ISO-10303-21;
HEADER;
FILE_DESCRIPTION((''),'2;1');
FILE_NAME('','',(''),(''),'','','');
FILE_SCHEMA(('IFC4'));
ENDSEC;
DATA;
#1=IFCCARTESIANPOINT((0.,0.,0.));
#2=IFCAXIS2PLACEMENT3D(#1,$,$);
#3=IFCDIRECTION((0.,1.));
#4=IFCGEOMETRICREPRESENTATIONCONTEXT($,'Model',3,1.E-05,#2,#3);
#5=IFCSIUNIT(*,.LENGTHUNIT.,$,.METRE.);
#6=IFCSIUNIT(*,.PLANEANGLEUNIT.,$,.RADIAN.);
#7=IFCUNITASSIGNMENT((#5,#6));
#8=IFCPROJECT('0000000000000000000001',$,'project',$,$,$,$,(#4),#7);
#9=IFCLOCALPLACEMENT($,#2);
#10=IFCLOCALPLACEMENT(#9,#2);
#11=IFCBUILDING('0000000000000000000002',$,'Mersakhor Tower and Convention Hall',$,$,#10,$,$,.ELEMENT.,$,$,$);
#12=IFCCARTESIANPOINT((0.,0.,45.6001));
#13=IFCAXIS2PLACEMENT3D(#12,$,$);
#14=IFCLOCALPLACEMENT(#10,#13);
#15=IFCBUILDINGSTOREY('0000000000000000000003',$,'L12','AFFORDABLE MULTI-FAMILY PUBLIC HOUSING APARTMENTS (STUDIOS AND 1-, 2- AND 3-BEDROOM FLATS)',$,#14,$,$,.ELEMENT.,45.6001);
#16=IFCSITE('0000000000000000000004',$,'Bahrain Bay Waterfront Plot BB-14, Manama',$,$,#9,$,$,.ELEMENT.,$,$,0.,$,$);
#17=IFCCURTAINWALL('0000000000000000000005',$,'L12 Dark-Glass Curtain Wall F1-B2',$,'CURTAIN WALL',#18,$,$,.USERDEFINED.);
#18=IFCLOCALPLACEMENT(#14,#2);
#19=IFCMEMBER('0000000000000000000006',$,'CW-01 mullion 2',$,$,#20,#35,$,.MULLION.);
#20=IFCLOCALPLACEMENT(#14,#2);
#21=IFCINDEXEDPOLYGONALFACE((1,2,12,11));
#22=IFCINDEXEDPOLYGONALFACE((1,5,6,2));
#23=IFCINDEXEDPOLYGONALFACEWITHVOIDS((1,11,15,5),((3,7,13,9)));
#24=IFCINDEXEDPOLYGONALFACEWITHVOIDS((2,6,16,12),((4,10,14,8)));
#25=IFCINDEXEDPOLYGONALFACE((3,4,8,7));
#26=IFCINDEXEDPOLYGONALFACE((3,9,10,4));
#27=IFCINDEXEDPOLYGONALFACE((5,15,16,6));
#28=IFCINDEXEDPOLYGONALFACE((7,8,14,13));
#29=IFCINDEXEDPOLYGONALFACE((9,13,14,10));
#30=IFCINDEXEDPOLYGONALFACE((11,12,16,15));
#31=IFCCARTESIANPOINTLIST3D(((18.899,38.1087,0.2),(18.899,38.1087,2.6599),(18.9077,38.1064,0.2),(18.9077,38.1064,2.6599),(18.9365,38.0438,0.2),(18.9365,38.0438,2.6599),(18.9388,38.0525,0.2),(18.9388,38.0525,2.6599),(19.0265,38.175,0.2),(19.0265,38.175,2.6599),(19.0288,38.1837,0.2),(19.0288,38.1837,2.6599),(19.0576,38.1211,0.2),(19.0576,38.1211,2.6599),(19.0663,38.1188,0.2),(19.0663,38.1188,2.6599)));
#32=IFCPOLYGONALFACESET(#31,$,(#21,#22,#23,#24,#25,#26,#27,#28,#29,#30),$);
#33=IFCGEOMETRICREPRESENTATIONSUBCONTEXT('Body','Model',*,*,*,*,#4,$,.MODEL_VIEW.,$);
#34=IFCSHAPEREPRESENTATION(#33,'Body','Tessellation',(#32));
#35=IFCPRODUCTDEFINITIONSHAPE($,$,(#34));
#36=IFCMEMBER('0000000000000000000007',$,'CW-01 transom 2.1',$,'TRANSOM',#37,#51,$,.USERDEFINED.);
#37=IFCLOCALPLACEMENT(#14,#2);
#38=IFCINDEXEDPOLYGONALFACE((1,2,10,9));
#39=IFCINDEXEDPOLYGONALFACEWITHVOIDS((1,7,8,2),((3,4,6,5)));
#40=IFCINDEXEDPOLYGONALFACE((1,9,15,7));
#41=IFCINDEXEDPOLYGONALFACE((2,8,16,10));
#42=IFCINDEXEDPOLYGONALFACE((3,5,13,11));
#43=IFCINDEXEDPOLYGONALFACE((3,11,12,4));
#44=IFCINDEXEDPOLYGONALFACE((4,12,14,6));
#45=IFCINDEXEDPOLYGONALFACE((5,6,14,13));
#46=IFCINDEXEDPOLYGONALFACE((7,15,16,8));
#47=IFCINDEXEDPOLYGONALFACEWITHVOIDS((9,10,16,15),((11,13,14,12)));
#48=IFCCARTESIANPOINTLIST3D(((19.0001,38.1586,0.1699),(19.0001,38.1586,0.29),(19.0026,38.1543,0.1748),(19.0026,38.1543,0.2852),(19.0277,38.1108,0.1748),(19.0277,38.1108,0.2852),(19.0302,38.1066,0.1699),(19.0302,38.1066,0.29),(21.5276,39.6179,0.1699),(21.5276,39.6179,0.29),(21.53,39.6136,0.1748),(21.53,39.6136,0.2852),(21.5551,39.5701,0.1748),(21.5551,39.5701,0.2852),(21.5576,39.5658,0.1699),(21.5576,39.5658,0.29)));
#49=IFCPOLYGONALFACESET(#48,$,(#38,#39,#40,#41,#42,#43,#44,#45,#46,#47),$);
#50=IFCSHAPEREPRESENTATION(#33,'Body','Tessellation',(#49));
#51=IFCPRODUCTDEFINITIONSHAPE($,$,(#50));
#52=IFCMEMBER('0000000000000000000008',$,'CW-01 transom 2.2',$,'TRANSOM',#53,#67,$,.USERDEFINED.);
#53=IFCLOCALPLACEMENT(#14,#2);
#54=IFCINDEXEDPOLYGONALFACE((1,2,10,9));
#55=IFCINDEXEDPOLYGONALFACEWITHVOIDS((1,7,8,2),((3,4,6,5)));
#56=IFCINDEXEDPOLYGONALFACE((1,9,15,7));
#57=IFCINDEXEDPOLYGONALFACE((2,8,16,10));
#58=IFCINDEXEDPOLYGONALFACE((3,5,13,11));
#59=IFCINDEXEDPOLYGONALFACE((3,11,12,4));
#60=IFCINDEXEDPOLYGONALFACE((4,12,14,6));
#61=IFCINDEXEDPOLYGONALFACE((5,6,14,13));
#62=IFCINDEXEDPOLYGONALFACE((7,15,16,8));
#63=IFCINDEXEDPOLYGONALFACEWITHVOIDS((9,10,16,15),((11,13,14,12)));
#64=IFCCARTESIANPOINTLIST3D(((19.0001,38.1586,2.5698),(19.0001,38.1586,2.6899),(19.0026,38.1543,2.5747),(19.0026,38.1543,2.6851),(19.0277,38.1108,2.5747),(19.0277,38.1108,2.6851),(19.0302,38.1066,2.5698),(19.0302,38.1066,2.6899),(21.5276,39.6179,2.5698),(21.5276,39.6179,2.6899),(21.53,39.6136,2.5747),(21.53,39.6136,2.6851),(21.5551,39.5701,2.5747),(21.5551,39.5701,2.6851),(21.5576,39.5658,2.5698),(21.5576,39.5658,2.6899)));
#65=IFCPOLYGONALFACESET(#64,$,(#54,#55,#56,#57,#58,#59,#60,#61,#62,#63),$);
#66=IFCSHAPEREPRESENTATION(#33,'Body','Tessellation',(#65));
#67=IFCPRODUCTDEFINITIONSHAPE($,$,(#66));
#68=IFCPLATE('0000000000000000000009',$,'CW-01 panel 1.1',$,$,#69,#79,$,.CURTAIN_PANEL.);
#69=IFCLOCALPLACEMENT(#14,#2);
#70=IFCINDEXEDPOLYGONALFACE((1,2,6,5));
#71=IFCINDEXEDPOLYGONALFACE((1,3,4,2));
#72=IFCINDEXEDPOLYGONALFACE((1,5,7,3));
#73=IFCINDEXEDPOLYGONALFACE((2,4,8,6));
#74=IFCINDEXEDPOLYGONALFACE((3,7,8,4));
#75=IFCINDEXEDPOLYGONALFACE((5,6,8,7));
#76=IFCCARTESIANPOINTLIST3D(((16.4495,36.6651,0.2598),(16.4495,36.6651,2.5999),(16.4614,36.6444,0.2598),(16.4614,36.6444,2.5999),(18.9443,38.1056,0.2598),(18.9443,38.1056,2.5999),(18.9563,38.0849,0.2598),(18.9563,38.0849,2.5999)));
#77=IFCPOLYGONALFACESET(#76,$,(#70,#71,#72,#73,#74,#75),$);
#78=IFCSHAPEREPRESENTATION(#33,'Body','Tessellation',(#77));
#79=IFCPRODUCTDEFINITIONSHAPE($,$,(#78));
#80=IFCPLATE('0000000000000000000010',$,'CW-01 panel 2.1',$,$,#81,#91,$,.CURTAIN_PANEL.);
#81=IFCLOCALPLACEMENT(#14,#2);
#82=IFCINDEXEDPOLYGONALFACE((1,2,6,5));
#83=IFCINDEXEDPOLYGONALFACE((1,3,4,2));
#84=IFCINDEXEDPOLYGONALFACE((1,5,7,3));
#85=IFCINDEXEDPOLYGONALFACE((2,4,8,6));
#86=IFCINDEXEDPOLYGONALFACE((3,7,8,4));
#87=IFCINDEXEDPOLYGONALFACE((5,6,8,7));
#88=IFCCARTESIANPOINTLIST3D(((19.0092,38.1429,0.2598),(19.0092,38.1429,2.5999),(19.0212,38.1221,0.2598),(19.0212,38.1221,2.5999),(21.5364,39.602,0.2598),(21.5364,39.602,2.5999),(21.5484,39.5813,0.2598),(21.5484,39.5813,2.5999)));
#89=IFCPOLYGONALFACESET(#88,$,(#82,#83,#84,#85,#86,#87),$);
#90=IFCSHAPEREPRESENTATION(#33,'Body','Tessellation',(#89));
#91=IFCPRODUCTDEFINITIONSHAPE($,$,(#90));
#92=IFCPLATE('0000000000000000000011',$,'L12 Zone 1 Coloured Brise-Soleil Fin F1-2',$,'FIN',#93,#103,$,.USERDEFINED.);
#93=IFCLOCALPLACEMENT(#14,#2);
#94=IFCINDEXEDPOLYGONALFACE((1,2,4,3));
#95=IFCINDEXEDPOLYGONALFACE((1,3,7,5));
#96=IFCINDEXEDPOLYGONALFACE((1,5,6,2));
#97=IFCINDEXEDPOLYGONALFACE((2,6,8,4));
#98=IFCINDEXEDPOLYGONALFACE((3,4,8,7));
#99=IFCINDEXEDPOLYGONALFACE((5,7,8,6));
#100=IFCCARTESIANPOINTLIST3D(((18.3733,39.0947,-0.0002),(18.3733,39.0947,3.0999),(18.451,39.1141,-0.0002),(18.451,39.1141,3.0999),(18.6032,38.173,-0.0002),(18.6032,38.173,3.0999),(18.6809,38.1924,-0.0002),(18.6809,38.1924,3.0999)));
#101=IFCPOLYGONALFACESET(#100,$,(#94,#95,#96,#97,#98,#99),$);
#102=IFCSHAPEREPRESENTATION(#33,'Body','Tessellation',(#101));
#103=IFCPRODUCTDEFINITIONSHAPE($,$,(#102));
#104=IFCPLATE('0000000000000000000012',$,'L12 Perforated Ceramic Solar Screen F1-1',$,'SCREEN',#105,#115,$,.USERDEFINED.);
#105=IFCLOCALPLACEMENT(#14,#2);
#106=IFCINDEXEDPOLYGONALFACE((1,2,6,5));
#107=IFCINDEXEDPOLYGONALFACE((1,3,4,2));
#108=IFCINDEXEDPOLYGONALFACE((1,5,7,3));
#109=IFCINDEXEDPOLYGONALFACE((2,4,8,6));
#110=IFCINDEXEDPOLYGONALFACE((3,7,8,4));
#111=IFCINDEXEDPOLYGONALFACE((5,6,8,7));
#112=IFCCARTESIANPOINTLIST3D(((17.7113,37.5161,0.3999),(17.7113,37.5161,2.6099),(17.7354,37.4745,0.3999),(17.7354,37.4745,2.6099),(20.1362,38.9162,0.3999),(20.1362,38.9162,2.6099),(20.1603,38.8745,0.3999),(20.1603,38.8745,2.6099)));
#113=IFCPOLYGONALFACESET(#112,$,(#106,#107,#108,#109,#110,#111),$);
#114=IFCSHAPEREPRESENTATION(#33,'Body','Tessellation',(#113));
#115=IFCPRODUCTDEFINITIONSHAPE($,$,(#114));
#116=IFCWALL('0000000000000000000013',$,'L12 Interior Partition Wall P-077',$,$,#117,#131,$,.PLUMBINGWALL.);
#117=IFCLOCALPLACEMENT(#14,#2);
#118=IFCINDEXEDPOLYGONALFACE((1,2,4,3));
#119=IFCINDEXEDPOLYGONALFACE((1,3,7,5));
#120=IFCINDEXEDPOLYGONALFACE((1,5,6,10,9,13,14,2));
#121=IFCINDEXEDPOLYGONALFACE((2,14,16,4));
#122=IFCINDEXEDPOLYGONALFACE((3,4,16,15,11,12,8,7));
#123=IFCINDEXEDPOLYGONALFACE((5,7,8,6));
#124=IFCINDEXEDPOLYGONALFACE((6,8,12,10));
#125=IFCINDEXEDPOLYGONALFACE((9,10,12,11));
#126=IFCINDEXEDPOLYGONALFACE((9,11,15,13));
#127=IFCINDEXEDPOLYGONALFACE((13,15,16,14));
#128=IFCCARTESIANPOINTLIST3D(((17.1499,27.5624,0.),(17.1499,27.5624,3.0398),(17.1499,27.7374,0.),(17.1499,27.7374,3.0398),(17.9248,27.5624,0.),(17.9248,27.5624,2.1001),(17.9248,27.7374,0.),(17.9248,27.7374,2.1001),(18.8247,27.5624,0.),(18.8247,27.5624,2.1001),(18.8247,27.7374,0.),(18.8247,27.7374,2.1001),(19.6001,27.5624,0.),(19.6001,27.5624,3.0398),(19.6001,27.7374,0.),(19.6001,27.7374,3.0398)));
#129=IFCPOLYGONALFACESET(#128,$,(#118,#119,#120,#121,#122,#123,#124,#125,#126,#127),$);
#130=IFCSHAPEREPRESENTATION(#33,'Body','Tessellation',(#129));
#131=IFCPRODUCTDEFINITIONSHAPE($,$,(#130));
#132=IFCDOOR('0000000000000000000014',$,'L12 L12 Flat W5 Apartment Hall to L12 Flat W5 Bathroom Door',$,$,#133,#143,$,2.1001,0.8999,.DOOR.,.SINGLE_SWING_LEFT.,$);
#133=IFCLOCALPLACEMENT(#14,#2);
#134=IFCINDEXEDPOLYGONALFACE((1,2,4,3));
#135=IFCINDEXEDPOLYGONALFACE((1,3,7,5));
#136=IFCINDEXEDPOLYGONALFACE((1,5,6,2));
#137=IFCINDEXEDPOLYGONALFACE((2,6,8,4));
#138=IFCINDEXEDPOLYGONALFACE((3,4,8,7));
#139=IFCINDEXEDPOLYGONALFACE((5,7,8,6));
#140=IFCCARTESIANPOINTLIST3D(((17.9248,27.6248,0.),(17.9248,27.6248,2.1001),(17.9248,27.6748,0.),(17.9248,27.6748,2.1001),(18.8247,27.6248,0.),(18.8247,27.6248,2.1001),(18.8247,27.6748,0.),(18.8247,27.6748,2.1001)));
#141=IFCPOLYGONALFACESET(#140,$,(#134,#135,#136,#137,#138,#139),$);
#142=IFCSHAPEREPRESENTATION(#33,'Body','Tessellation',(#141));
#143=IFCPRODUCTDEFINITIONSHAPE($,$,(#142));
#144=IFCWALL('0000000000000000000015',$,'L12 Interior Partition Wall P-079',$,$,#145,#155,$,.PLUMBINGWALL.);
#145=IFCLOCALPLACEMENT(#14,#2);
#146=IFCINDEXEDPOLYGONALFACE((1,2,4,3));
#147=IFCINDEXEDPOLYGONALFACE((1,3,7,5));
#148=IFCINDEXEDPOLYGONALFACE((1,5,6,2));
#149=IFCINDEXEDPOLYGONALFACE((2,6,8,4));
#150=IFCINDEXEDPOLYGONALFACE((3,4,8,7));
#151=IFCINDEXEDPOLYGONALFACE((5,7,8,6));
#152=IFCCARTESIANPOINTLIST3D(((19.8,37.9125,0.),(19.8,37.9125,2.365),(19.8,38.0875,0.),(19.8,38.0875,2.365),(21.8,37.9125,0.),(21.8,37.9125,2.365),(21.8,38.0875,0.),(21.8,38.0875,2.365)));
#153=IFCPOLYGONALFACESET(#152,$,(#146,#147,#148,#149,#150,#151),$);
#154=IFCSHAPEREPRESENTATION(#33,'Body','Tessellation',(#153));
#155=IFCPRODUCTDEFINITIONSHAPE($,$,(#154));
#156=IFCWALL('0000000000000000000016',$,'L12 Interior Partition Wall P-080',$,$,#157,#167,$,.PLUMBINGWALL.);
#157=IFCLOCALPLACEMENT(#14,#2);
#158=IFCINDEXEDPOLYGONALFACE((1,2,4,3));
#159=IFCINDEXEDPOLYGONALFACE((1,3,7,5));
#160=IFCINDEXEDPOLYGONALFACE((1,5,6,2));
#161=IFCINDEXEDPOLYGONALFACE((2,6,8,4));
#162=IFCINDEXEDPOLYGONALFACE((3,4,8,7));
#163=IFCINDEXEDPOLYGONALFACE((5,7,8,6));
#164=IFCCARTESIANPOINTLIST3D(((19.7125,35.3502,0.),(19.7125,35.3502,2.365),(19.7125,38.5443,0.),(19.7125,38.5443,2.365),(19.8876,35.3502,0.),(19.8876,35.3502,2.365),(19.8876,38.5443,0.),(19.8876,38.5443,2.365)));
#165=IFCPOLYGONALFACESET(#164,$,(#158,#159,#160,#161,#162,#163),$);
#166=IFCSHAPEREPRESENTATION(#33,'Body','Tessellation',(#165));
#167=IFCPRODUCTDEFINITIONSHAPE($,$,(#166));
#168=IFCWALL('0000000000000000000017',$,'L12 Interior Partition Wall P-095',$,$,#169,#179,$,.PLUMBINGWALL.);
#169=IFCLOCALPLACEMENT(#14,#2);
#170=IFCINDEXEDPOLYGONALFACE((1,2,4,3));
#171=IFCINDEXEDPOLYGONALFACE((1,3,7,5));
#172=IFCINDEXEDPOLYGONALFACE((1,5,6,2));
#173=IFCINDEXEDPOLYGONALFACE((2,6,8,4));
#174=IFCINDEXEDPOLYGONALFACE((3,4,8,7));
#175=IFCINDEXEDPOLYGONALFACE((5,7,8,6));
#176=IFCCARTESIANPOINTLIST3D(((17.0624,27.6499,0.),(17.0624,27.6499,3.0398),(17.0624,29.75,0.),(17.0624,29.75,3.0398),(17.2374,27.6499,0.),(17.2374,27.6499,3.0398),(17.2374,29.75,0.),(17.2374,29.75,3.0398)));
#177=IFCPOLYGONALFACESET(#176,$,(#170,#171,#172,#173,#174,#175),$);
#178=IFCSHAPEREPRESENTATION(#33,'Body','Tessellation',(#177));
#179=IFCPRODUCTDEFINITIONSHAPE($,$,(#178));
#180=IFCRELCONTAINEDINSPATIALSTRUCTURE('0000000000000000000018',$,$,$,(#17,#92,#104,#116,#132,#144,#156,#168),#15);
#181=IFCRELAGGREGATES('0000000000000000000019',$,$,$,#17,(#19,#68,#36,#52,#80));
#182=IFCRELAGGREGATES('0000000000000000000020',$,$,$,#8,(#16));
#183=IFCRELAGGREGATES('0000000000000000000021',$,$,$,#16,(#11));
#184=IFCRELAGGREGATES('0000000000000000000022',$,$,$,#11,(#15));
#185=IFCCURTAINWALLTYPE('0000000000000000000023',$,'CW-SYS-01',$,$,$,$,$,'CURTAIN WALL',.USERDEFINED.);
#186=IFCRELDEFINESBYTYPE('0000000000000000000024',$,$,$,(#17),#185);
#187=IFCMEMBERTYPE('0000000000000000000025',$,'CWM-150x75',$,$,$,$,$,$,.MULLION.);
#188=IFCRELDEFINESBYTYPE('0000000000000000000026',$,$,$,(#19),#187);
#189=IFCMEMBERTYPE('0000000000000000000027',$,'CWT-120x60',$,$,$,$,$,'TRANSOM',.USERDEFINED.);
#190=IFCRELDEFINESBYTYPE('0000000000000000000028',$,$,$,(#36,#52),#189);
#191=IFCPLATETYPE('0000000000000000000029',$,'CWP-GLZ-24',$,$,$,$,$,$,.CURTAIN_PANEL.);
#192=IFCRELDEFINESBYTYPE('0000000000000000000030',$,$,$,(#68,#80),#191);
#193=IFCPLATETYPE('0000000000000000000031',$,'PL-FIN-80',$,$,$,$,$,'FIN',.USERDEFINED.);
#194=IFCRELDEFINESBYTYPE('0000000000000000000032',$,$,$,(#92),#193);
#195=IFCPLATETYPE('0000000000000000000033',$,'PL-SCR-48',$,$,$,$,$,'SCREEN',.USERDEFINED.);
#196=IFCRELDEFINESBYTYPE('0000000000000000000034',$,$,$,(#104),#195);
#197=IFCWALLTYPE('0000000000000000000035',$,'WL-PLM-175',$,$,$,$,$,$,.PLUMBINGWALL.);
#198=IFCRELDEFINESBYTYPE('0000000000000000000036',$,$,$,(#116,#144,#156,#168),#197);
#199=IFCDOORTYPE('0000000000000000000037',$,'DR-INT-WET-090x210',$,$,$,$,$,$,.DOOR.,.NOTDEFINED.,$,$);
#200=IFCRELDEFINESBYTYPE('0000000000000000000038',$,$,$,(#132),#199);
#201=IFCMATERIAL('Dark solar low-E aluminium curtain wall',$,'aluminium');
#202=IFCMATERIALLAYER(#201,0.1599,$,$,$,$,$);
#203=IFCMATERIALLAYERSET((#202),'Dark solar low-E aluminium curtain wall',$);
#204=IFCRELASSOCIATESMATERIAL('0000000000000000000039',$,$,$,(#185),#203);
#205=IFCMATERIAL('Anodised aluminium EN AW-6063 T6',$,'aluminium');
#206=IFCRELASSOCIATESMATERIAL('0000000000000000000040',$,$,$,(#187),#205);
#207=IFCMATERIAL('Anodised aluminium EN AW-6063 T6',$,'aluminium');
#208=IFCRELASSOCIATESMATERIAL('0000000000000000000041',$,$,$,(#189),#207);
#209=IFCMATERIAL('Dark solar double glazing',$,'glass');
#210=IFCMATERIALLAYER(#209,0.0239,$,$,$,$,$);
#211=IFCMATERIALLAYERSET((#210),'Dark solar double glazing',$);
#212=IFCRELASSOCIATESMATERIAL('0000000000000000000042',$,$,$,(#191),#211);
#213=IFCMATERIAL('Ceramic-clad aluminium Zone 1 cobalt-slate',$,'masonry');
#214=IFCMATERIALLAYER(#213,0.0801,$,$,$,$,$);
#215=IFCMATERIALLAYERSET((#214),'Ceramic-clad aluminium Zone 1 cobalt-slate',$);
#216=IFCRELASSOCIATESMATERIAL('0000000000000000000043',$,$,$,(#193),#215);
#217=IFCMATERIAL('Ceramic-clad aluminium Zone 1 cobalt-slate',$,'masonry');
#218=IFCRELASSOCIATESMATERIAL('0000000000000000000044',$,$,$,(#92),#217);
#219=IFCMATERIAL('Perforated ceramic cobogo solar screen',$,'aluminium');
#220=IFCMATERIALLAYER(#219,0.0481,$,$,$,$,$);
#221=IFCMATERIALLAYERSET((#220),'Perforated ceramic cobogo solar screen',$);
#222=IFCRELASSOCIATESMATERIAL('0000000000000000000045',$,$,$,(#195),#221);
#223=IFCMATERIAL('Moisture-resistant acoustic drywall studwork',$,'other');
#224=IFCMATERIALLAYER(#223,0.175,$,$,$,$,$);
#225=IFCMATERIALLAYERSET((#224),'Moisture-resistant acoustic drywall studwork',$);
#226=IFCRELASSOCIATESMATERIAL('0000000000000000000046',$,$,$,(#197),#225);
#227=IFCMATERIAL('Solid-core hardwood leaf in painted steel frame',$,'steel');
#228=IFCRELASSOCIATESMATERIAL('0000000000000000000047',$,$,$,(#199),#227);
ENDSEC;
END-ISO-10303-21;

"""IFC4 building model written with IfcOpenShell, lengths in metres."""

from ifc_helpers import new_model, si_unit, direction, frame, frame_2d, origin, origin_2d, place, context, subcontext, project, spatial, rectangle, hollow_rectangle, extrude, material, layer, layer_set, material_profile, profile_set, type_object, element, fill, aggregate, save


model = new_model("IFC4")

# Units and contexts
model_context = context("Model", 3, precision=1e-05, world=origin(), true_north=direction((0.0, 1.0)))
body_context = subcontext(model_context, "Body", "Model", "MODEL_VIEW")
ifc_project = project(units=[si_unit("LENGTHUNIT", "METRE"), si_unit("PLANEANGLEUNIT", "RADIAN")], contexts=[model_context])

# Site, building, storey
site_placement = place(None, origin())
site = spatial("IfcSite", under=ifc_project, at=site_placement, Name="Bahrain Bay Waterfront Plot BB-14, Manama", CompositionType="ELEMENT", RefElevation=0.0)
building_placement = place(site_placement, origin())
building = spatial("IfcBuilding", under=site, at=building_placement, Name="Mersakhor Tower and Convention Hall", CompositionType="ELEMENT")
storey_placement = place(building_placement, frame((0.0, 0.0, 45.6001)))
storey = spatial("IfcBuildingStorey", under=building, at=storey_placement, Name="L12", Description="AFFORDABLE MULTI-FAMILY PUBLIC HOUSING APARTMENTS (STUDIOS AND 1-, 2- AND 3-BEDROOM FLATS)", CompositionType="ELEMENT", Elevation=45.6001)

# Curtain wall, members, plates
ifc_material_1 = material(Name="Dark solar low-E aluminium curtain wall", Category="aluminium")
ifc_layer_1 = layer(ifc_material_1, 0.1599)
ifc_layer_set_1 = layer_set([ifc_layer_1], Name="Dark solar low-E aluminium curtain wall")
curtain_wall_type = type_object("IfcCurtainWallType", Name="CW-SYS-01", ElementType="CURTAIN WALL", PredefinedType="USERDEFINED", material=ifc_layer_set_1)
curtain_wall_placement = place(storey_placement, origin())
curtain_wall = element("IfcCurtainWall", 1, at=curtain_wall_placement, inside=storey, type_object=curtain_wall_type, Name="L12 Dark-Glass Curtain Wall F1-B2", ObjectType="CURTAIN WALL", PredefinedType="USERDEFINED")
ifc_material_2 = material(Name="Anodised aluminium EN AW-6063 T6", Category="aluminium")
ifc_material_profile_1 = material_profile(ifc_material_2, hollow_rectangle(XDim=0.075, YDim=0.1499, WallThickness=0.0063, at=origin_2d()), Name="RHS 150x75x6.3")
ifc_profile_set_1 = profile_set([ifc_material_profile_1], Name="Anodised aluminium EN AW-6063 T6")
member_type_1 = type_object("IfcMemberType", Name="CWM-150x75", PredefinedType="MULLION", material=ifc_profile_set_1)
member_1_placement = place(storey_placement, frame((18.9827, 38.1138, 0.2), z_axis=(0.0, 0.0, 1.0), x_axis=(-0.500003, 0.866023, 0.0)))
member_1 = element("IfcMember", 2, at=member_1_placement, type_object=member_type_1, Name="CW-01 mullion 2", PredefinedType="MULLION", context=body_context, shape_type="SweptSolid", body=[
    extrude(hollow_rectangle(XDim=0.075, YDim=0.1499, WallThickness=0.0063, at=origin_2d()), origin(), (0.0, 0.0, 1.0), 2.46),
])
ifc_material_3 = material(Name="Anodised aluminium EN AW-6063 T6", Category="aluminium")
ifc_material_profile_2 = material_profile(ifc_material_3, hollow_rectangle(XDim=0.0601, YDim=0.1201, WallThickness=0.0049, at=origin_2d()), Name="RHS 120x60x5")
ifc_profile_set_2 = profile_set([ifc_material_profile_2], Name="Anodised aluminium EN AW-6063 T6")
member_type_2 = type_object("IfcMemberType", Name="CWT-120x60", ElementType="TRANSOM", PredefinedType="USERDEFINED", material=ifc_profile_set_2)
member_2_placement = place(storey_placement, frame((19.0151, 38.1326, 0.23), z_axis=(0.866016, 0.500017, 0.0), x_axis=(-0.500017, 0.866016, 0.0)))
member_2 = element("IfcMember", 3, at=member_2_placement, type_object=member_type_2, Name="CW-01 transom 2.1", ObjectType="TRANSOM", PredefinedType="USERDEFINED", context=body_context, shape_type="SweptSolid", body=[
    extrude(hollow_rectangle(XDim=0.0601, YDim=0.1201, WallThickness=0.0049, at=origin_2d()), origin(), (0.0, 0.0, 1.0), 2.9185),
])
member_3_placement = place(storey_placement, frame((19.0151, 38.1326, 2.6299), z_axis=(0.866016, 0.500017, 0.0), x_axis=(-0.500017, 0.866016, 0.0)))
member_3 = element("IfcMember", 4, at=member_3_placement, type_object=member_type_2, Name="CW-01 transom 2.2", ObjectType="TRANSOM", PredefinedType="USERDEFINED", context=body_context, shape_type="SweptSolid", body=[
    extrude(hollow_rectangle(XDim=0.0601, YDim=0.1201, WallThickness=0.0049, at=origin_2d()), origin(), (0.0, 0.0, 1.0), 2.9185),
])
ifc_material_4 = material(Name="Dark solar double glazing", Category="glass")
ifc_layer_2 = layer(ifc_material_4, 0.0239)
ifc_layer_set_2 = layer_set([ifc_layer_2], Name="Dark solar double glazing")
plate_type_1 = type_object("IfcPlateType", Name="CWP-GLZ-24", PredefinedType="CURTAIN_PANEL", material=ifc_layer_set_2)
plate_1_placement = place(storey_placement, frame((17.7029, 37.375, 0.2598), z_axis=(0.0, 0.0, 1.0), x_axis=(0.866023, 0.500003, 0.0)))
plate_1 = element("IfcPlate", 5, at=plate_1_placement, type_object=plate_type_1, Name="CW-01 panel 1.1", PredefinedType="CURTAIN_PANEL", context=body_context, shape_type="SweptSolid", body=[
    extrude(rectangle(XDim=2.8809, YDim=0.0239, at=origin_2d()), origin(), (0.0, 0.0, 1.0), 2.3401),
])
plate_2_placement = place(storey_placement, frame((20.2788, 38.8621, 0.2598), z_axis=(0.0, 0.0, 1.0), x_axis=(0.866023, 0.500003, 0.0)))
plate_2 = element("IfcPlate", 6, at=plate_2_placement, type_object=plate_type_1, Name="CW-01 panel 2.1", PredefinedType="CURTAIN_PANEL", context=body_context, shape_type="SweptSolid", body=[
    extrude(rectangle(XDim=2.9182, YDim=0.0239, at=origin_2d()), origin(), (0.0, 0.0, 1.0), 2.3401),
])
aggregate(curtain_wall, [member_1, plate_1, member_2, member_3, plate_2])

# Plates
ifc_material_5 = material(Name="Ceramic-clad aluminium Zone 1 cobalt-slate", Category="masonry")
ifc_material_6 = material(Name="Ceramic-clad aluminium Zone 1 cobalt-slate", Category="masonry")
ifc_layer_3 = layer(ifc_material_6, 0.0801)
ifc_layer_set_3 = layer_set([ifc_layer_3], Name="Ceramic-clad aluminium Zone 1 cobalt-slate")
plate_type_2 = type_object("IfcPlateType", Name="PL-FIN-80", ElementType="FIN", PredefinedType="USERDEFINED", material=ifc_layer_set_3)
plate_3_placement = place(storey_placement, frame((18.5271, 38.6436, -0.0002), z_axis=(0.0, 0.0, 1.0), x_axis=(-0.241922, 0.970296, 0.0)))
element("IfcPlate", 7, at=plate_3_placement, inside=storey, type_object=plate_type_2, material=ifc_material_5, Name="L12 Zone 1 Coloured Brise-Soleil Fin F1-2", ObjectType="FIN", PredefinedType="USERDEFINED", context=body_context, shape_type="SweptSolid", body=[
    extrude(rectangle(XDim=0.95, YDim=0.0801, at=origin_2d()), origin(), (0.0, 0.0, 1.0), 3.1001),
])
ifc_material_7 = material(Name="Perforated ceramic cobogo solar screen", Category="aluminium")
ifc_layer_4 = layer(ifc_material_7, 0.0481)
ifc_layer_set_4 = layer_set([ifc_layer_4], Name="Perforated ceramic cobogo solar screen")
plate_type_3 = type_object("IfcPlateType", Name="PL-SCR-48", ElementType="SCREEN", PredefinedType="USERDEFINED", material=ifc_layer_set_4)
plate_4_placement = place(storey_placement, frame((18.9358, 38.1953, 0.3999), z_axis=(0.0, 0.0, 1.0), x_axis=(0.866025, 0.5, 0.0)))
element("IfcPlate", 8, at=plate_4_placement, inside=storey, type_object=plate_type_3, Name="L12 Perforated Ceramic Solar Screen F1-1", ObjectType="SCREEN", PredefinedType="USERDEFINED", context=body_context, shape_type="SweptSolid", body=[
    extrude(rectangle(XDim=2.8, YDim=0.0481, at=origin_2d()), origin(), (0.0, 0.0, 1.0), 2.21),
])

# Wall, opening, door
ifc_material_8 = material(Name="Moisture-resistant acoustic drywall studwork", Category="other")
ifc_layer_5 = layer(ifc_material_8, 0.175)
ifc_layer_set_5 = layer_set([ifc_layer_5], Name="Moisture-resistant acoustic drywall studwork")
wall_type_1 = type_object("IfcWallType", Name="WL-PLM-175", PredefinedType="PLUMBINGWALL", material=ifc_layer_set_5)
wall_1_placement = place(storey_placement, frame((17.1499, 27.6499, 0.0), z_axis=(0.0, 0.0, 1.0), x_axis=(1.0, 0.0, 0.0)))
wall_1 = element("IfcWall", 9, at=wall_1_placement, inside=storey, type_object=wall_type_1, Name="L12 Interior Partition Wall P-077", PredefinedType="PLUMBINGWALL", context=body_context, shape_type="SweptSolid", body=[
    extrude(rectangle(XDim=2.4502, YDim=0.175, at=frame_2d((1.2251, 0.0))), origin(), (0.0, 0.0, 1.0), 3.0398),
])
opening_1_placement = place(wall_1_placement, frame((0.7749, 0.0, 0.0)))
opening_1 = element("IfcOpeningElement", 10, at=opening_1_placement, cuts=wall_1, PredefinedType="OPENING", context=body_context, shape_type="SweptSolid", body=[
    extrude(rectangle(XDim=0.8999, YDim=2.1001, at=frame_2d((0.45, 1.05))), frame((0.0, 0.0974, 0.0), z_axis=(0.0, -1.0, 0.0), x_axis=(1.0, 0.0, 0.0)), (0.0, 0.0, 1.0), 0.1951),
])
ifc_material_9 = material(Name="Solid-core hardwood leaf in painted steel frame", Category="steel")
door_type_1 = type_object("IfcDoorType", Name="DR-INT-WET-090x210", OperationType="NOTDEFINED", PredefinedType="DOOR", material=ifc_material_9)
door_1_placement = place(opening_1_placement, origin())
door_1 = element("IfcDoor", 11, at=door_1_placement, inside=storey, type_object=door_type_1, Name="L12 L12 Flat W5 Apartment Hall to L12 Flat W5 Bathroom Door", OperationType="SINGLE_SWING_LEFT", OverallHeight=2.1001, OverallWidth=0.8999, PredefinedType="DOOR", context=body_context, shape_type="SweptSolid", body=[
    extrude(rectangle(XDim=0.8999, YDim=2.1001, at=frame_2d((0.45, 1.05))), frame((0.0, 0.0249, 0.0), z_axis=(0.0, -1.0, 0.0), x_axis=(1.0, 0.0, 0.0)), (0.0, 0.0, 1.0), 0.05),
])
fill(opening_1, door_1)

# Walls
wall_2_placement = place(storey_placement, frame((19.8, 38.0, 0.0), z_axis=(0.0, 0.0, 1.0), x_axis=(1.0, 0.0, 0.0)))
element("IfcWall", 12, at=wall_2_placement, inside=storey, type_object=wall_type_1, Name="L12 Interior Partition Wall P-079", PredefinedType="PLUMBINGWALL", context=body_context, shape_type="SweptSolid", body=[
    extrude(rectangle(XDim=2.0, YDim=0.175, at=frame_2d((1.0, 0.0))), origin(), (0.0, 0.0, 1.0), 2.365),
])
wall_3_placement = place(storey_placement, frame((19.8, 35.3501, 0.0), z_axis=(0.0, 0.0, 1.0), x_axis=(0.0, 1.0, 0.0)))
element("IfcWall", 13, at=wall_3_placement, inside=storey, type_object=wall_type_1, Name="L12 Interior Partition Wall P-080", PredefinedType="PLUMBINGWALL", context=body_context, shape_type="SweptSolid", body=[
    extrude(rectangle(XDim=3.1941, YDim=0.175, at=frame_2d((1.5972, 0.0))), origin(), (0.0, 0.0, 1.0), 2.365),
])
wall_4_placement = place(storey_placement, frame((17.1499, 27.6499, 0.0), z_axis=(0.0, 0.0, 1.0), x_axis=(0.0, 1.0, 0.0)))
element("IfcWall", 14, at=wall_4_placement, inside=storey, type_object=wall_type_1, Name="L12 Interior Partition Wall P-095", PredefinedType="PLUMBINGWALL", context=body_context, shape_type="SweptSolid", body=[
    extrude(rectangle(XDim=2.1001, YDim=0.175, at=frame_2d((1.05, 0.0))), origin(), (0.0, 0.0, 1.0), 3.0398),
])

save(model, "model.ifc")
